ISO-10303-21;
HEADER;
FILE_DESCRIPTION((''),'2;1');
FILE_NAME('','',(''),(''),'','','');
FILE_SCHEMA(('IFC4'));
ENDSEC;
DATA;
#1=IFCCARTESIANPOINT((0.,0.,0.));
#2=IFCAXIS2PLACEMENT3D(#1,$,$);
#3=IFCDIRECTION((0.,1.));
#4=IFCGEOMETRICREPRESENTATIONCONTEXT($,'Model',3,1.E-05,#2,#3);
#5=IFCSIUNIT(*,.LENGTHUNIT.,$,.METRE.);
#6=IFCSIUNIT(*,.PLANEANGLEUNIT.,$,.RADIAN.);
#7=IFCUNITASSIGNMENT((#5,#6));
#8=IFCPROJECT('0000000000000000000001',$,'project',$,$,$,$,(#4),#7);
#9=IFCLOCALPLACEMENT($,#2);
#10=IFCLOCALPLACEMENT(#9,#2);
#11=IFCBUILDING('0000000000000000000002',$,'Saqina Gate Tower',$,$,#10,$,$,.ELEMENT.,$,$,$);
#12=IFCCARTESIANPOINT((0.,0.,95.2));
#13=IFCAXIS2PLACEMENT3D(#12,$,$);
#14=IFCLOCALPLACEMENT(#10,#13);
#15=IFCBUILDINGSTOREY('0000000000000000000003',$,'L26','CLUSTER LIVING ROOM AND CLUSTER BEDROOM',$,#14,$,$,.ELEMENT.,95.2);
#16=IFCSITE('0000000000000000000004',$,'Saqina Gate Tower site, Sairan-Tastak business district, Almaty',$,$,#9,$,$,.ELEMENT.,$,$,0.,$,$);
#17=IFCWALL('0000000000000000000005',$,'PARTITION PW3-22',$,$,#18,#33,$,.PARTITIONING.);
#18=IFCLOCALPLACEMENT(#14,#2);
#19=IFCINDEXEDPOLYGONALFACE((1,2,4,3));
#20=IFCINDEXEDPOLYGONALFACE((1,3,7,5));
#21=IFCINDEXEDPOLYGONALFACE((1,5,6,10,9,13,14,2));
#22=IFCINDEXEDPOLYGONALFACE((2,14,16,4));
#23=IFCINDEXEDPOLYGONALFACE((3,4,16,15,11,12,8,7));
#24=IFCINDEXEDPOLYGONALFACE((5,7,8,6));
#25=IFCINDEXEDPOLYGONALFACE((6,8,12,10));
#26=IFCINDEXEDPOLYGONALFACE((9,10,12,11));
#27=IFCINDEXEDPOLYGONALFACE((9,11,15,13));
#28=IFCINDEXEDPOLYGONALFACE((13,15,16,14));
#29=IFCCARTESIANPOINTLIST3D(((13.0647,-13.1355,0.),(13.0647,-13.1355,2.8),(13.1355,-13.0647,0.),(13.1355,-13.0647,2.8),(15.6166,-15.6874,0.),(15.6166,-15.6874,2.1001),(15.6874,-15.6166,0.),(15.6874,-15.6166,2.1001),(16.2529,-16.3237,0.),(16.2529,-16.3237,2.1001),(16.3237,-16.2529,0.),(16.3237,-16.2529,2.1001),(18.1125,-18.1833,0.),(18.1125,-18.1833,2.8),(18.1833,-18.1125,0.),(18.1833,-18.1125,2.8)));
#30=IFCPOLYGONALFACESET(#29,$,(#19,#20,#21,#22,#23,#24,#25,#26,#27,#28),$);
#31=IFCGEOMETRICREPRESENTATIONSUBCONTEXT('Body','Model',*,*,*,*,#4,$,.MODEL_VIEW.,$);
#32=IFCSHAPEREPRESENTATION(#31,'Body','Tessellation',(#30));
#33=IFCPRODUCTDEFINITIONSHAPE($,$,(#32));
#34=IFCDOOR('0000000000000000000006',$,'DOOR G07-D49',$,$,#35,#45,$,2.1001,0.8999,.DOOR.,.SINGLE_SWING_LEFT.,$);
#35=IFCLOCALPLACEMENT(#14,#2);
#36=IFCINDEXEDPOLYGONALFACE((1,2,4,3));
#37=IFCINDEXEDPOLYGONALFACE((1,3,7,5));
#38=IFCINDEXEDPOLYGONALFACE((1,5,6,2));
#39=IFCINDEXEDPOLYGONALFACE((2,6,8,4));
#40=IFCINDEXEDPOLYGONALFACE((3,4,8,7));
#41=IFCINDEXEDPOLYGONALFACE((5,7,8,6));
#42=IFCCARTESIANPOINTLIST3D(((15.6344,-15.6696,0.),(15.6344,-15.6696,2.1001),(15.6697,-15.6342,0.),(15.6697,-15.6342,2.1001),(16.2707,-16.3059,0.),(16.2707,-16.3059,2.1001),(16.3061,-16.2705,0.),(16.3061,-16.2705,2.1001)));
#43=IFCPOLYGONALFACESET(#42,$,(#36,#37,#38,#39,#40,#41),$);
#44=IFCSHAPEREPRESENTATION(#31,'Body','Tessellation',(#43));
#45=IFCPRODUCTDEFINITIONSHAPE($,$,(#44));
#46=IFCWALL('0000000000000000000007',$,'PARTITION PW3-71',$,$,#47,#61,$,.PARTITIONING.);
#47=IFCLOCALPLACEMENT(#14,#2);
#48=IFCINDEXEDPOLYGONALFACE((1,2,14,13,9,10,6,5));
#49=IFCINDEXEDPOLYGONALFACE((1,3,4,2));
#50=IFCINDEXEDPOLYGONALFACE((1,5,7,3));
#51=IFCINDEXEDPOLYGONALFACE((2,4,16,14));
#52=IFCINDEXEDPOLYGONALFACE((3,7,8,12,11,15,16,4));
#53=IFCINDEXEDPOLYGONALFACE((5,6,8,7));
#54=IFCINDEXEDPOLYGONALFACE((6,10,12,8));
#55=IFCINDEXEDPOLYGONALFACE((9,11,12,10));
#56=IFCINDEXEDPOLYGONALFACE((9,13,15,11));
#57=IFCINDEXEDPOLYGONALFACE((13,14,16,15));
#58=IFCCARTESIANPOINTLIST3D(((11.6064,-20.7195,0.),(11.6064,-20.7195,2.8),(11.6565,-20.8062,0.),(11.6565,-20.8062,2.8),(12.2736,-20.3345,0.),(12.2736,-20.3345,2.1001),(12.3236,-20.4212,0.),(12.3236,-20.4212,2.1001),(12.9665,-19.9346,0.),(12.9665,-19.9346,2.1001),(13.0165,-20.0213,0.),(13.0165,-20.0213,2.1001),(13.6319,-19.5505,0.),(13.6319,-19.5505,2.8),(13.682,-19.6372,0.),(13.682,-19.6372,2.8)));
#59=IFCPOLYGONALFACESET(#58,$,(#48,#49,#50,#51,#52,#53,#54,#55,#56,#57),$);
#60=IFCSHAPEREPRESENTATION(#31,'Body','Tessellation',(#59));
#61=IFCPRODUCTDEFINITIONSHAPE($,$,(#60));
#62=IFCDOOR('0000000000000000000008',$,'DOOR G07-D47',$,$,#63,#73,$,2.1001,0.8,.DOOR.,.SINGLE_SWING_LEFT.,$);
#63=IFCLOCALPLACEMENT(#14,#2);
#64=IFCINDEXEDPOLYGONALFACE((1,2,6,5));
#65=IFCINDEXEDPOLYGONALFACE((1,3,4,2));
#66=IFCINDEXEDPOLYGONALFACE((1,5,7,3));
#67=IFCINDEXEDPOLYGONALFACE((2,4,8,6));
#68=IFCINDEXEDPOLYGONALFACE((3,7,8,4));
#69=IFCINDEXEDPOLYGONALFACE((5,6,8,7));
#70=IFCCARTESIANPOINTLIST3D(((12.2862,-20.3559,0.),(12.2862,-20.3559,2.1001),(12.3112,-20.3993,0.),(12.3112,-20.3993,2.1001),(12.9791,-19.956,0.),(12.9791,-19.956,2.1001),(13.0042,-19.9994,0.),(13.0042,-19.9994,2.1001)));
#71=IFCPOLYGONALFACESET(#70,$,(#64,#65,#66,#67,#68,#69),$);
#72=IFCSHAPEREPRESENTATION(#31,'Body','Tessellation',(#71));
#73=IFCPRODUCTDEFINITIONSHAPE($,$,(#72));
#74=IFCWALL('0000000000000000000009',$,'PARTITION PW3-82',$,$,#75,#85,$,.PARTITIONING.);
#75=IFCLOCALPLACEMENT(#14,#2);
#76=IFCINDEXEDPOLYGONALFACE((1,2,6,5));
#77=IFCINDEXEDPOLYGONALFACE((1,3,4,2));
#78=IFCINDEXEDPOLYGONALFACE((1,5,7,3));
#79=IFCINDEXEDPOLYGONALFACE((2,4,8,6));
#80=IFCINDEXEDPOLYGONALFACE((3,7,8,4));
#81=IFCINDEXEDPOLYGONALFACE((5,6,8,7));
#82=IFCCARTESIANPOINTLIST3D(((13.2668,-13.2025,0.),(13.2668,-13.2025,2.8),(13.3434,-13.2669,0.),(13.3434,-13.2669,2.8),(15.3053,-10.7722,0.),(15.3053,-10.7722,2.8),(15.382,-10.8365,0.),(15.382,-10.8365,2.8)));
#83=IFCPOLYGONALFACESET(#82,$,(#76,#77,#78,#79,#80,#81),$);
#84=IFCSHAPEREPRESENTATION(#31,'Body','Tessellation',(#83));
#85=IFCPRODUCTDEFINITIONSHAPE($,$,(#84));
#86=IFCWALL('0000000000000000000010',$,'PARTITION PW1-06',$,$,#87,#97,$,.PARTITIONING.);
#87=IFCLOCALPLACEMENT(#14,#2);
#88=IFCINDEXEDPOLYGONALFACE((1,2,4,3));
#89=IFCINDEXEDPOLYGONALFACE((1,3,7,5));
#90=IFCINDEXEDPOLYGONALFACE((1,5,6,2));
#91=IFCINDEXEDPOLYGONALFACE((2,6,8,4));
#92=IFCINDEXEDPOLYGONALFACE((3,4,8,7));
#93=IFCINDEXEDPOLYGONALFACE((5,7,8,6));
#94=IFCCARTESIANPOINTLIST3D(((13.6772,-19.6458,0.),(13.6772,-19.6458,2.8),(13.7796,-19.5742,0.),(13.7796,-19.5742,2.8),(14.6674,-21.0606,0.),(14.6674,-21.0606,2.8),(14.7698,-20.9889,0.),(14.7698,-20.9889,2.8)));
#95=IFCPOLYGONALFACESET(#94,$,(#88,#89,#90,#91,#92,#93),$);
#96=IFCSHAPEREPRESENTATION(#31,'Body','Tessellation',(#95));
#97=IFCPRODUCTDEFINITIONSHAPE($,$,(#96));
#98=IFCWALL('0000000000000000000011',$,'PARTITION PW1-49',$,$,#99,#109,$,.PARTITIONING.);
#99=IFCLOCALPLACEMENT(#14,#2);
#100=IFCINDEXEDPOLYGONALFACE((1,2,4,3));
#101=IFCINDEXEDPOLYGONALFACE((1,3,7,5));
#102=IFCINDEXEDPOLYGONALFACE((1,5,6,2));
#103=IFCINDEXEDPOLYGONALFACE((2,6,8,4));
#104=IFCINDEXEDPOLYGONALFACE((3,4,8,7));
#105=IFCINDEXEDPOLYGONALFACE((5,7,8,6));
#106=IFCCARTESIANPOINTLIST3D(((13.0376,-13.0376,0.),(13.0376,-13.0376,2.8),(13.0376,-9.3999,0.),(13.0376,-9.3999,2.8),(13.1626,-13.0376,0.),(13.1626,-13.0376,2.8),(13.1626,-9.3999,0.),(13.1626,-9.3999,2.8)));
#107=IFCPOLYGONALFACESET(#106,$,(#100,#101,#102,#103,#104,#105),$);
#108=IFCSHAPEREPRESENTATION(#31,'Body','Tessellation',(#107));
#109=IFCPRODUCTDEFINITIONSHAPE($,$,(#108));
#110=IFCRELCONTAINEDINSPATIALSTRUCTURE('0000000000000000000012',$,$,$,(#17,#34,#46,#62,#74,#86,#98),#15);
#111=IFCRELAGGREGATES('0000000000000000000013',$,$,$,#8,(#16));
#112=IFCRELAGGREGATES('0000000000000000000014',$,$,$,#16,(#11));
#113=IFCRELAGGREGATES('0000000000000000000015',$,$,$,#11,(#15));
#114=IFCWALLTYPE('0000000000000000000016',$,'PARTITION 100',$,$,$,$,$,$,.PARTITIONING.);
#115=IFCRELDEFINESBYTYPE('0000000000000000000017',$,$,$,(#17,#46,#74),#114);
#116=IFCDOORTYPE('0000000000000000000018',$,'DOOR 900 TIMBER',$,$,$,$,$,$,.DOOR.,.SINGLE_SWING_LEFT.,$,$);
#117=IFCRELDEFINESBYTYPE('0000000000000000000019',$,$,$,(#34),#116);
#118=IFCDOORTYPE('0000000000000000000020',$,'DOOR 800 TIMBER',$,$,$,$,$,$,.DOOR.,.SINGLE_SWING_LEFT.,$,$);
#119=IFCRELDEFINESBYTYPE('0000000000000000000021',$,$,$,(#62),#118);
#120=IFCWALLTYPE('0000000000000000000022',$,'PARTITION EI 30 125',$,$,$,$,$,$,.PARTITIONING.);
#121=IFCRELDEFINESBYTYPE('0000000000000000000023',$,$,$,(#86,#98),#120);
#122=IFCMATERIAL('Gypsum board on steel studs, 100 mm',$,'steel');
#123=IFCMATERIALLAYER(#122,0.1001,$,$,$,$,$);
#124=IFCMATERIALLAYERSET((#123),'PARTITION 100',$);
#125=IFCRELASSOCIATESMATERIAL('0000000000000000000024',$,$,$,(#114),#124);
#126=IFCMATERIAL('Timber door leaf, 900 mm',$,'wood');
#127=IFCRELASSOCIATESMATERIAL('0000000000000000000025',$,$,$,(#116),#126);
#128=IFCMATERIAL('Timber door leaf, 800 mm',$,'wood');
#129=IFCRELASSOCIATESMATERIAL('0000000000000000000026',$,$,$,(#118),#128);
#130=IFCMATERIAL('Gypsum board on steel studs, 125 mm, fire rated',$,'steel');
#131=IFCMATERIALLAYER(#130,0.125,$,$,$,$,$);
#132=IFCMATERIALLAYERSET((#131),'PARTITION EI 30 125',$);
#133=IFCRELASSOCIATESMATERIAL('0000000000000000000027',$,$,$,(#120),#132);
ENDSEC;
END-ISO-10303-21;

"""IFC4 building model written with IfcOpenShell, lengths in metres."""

from ifc_helpers import new_model, si_unit, direction, frame, frame_2d, origin, place, context, subcontext, project, spatial, rectangle, extrude, material, layer, layer_set, type_object, element, fill, save


model = new_model("IFC4")

# Units and contexts
model_context = context("Model", 3, precision=1e-05, world=origin(), true_north=direction((0.0, 1.0)))
body_context = subcontext(model_context, "Body", "Model", "MODEL_VIEW")
ifc_project = project(units=[si_unit("LENGTHUNIT", "METRE"), si_unit("PLANEANGLEUNIT", "RADIAN")], contexts=[model_context])

# Site, building, storey
site_placement = place(None, origin())
site = spatial("IfcSite", under=ifc_project, at=site_placement, Name="Saqina Gate Tower site, Sairan-Tastak business district, Almaty", CompositionType="ELEMENT", RefElevation=0.0)
building_placement = place(site_placement, origin())
building = spatial("IfcBuilding", under=site, at=building_placement, Name="Saqina Gate Tower", CompositionType="ELEMENT")
storey_placement = place(building_placement, frame((0.0, 0.0, 95.2)))
storey = spatial("IfcBuildingStorey", under=building, at=storey_placement, Name="L26", Description="CLUSTER LIVING ROOM AND CLUSTER BEDROOM", CompositionType="ELEMENT", Elevation=95.2)

# Shared definitions
ifc_material_1 = material(Name="Gypsum board on steel studs, 100 mm", Category="steel")
ifc_layer_1 = layer(ifc_material_1, 0.1001)
ifc_layer_set_1 = layer_set([ifc_layer_1], Name="PARTITION 100")
wall_type_1 = type_object("IfcWallType", Name="PARTITION 100", PredefinedType="PARTITIONING", material=ifc_layer_set_1)

# Walls, openings, doors
wall_1_placement = place(storey_placement, frame((13.1001, -13.1001, 0.0), z_axis=(0.0, 0.0, 1.0), x_axis=(0.707107, -0.707107, 0.0)))
wall_1 = element("IfcWall", 1, at=wall_1_placement, inside=storey, type_object=wall_type_1, Name="PARTITION PW3-22", PredefinedType="PARTITIONING", context=body_context, shape_type="SweptSolid", body=[
    extrude(rectangle(XDim=7.1387, YDim=0.1001, at=frame_2d((3.5693, 0.0))), origin(), (0.0, 0.0, 1.0), 2.8),
])
opening_1_placement = place(wall_1_placement, frame((3.6089, 0.0, 0.0)))
opening_1 = element("IfcOpeningElement", 2, at=opening_1_placement, cuts=wall_1, PredefinedType="OPENING", context=body_context, shape_type="SweptSolid", body=[
    extrude(rectangle(XDim=0.8999, YDim=2.1001, at=frame_2d((0.45, 1.05))), frame((0.0, 0.062, 0.0), z_axis=(0.0, -1.0, 0.0), x_axis=(1.0, 0.0, 0.0)), (0.0, 0.0, 1.0), 0.124),
])
ifc_material_2 = material(Name="Timber door leaf, 900 mm", Category="wood")
door_type_1 = type_object("IfcDoorType", Name="DOOR 900 TIMBER", OperationType="SINGLE_SWING_LEFT", PredefinedType="DOOR", material=ifc_material_2)
door_1_placement = place(opening_1_placement, frame((0.8999, 0.0, 0.0), z_axis=(0.0, 0.0, 1.0), x_axis=(-1.0, 0.0, 0.0)))
door_1 = element("IfcDoor", 3, at=door_1_placement, inside=storey, type_object=door_type_1, Name="DOOR G07-D49", OperationType="SINGLE_SWING_LEFT", OverallHeight=2.1001, OverallWidth=0.8999, PredefinedType="DOOR", context=body_context, shape_type="SweptSolid", body=[
    extrude(rectangle(XDim=0.8999, YDim=2.1001, at=frame_2d((0.45, 1.05))), frame((0.0, 0.0249, 0.0), z_axis=(0.0, -1.0, 0.0), x_axis=(1.0, 0.0, 0.0)), (0.0, 0.0, 1.0), 0.05),
])
fill(opening_1, door_1)
wall_2_placement = place(storey_placement, frame((11.6313, -20.7629, 0.0), z_axis=(0.0, 0.0, 1.0), x_axis=(0.866102, 0.499867, 0.0)))
wall_2 = element("IfcWall", 4, at=wall_2_placement, inside=storey, type_object=wall_type_1, Name="PARTITION PW3-71", PredefinedType="PARTITIONING", context=body_context, shape_type="SweptSolid", body=[
    extrude(rectangle(XDim=2.3386, YDim=0.1001, at=frame_2d((1.1694, 0.0))), origin(), (0.0, 0.0, 1.0), 2.8),
])
opening_2_placement = place(wall_2_placement, frame((0.7705, 0.0, 0.0)))
opening_2 = element("IfcOpeningElement", 5, at=opening_2_placement, cuts=wall_2, PredefinedType="OPENING", context=body_context, shape_type="SweptSolid", body=[
    extrude(rectangle(XDim=0.8, YDim=2.1001, at=frame_2d((0.3999, 1.05))), frame((0.0, 0.062, 0.0), z_axis=(0.0, -1.0, 0.0), x_axis=(1.0, 0.0, 0.0)), (0.0, 0.0, 1.0), 0.124),
])
ifc_material_3 = material(Name="Timber door leaf, 800 mm", Category="wood")
door_type_2 = type_object("IfcDoorType", Name="DOOR 800 TIMBER", OperationType="SINGLE_SWING_LEFT", PredefinedType="DOOR", material=ifc_material_3)
door_2_placement = place(opening_2_placement, frame((0.8, 0.0, 0.0), z_axis=(0.0, 0.0, 1.0), x_axis=(-1.0, 0.0, 0.0)))
door_2 = element("IfcDoor", 6, at=door_2_placement, inside=storey, type_object=door_type_2, Name="DOOR G07-D47", OperationType="SINGLE_SWING_LEFT", OverallHeight=2.1001, OverallWidth=0.8, PredefinedType="DOOR", context=body_context, shape_type="SweptSolid", body=[
    extrude(rectangle(XDim=0.8, YDim=2.1001, at=frame_2d((0.3999, 1.05))), frame((0.0, 0.0249, 0.0), z_axis=(0.0, -1.0, 0.0), x_axis=(1.0, 0.0, 0.0)), (0.0, 0.0, 1.0), 0.05),
])
fill(opening_2, door_2)

# Walls
wall_3_placement = place(storey_placement, frame((13.3052, -13.2346, 0.0), z_axis=(0.0, 0.0, 1.0), x_axis=(0.642641, 0.766167, 0.0)))
element("IfcWall", 7, at=wall_3_placement, inside=storey, type_object=wall_type_1, Name="PARTITION PW3-82", PredefinedType="PARTITIONING", context=body_context, shape_type="SweptSolid", body=[
    extrude(rectangle(XDim=3.1721, YDim=0.1001, at=frame_2d((1.5859, 0.0))), origin(), (0.0, 0.0, 1.0), 2.8),
])
ifc_material_4 = material(Name="Gypsum board on steel studs, 125 mm, fire rated", Category="steel")
ifc_layer_2 = layer(ifc_material_4, 0.125)
ifc_layer_set_2 = layer_set([ifc_layer_2], Name="PARTITION EI 30 125")
wall_type_2 = type_object("IfcWallType", Name="PARTITION EI 30 125", PredefinedType="PARTITIONING", material=ifc_layer_set_2)
wall_4_placement = place(storey_placement, frame((13.7285, -19.6101, 0.0), z_axis=(0.0, 0.0, 1.0), x_axis=(0.573415, -0.819265, 0.0)))
element("IfcWall", 8, at=wall_4_placement, inside=storey, type_object=wall_type_2, Name="PARTITION PW1-06", PredefinedType="PARTITIONING", context=body_context, shape_type="SweptSolid", body=[
    extrude(rectangle(XDim=1.7268, YDim=0.125, at=frame_2d((0.8633, 0.0))), origin(), (0.0, 0.0, 1.0), 2.8),
])
wall_5_placement = place(storey_placement, frame((13.1001, -13.0376, 0.0), z_axis=(0.0, 0.0, 1.0), x_axis=(0.0, 1.0, 0.0)))
element("IfcWall", 9, at=wall_5_placement, inside=storey, type_object=wall_type_2, Name="PARTITION PW1-49", PredefinedType="PARTITIONING", context=body_context, shape_type="SweptSolid", body=[
    extrude(rectangle(XDim=3.6377, YDim=0.125, at=frame_2d((1.8188, 0.0))), origin(), (0.0, 0.0, 1.0), 2.8),
])

save(model, "model.ifc")
